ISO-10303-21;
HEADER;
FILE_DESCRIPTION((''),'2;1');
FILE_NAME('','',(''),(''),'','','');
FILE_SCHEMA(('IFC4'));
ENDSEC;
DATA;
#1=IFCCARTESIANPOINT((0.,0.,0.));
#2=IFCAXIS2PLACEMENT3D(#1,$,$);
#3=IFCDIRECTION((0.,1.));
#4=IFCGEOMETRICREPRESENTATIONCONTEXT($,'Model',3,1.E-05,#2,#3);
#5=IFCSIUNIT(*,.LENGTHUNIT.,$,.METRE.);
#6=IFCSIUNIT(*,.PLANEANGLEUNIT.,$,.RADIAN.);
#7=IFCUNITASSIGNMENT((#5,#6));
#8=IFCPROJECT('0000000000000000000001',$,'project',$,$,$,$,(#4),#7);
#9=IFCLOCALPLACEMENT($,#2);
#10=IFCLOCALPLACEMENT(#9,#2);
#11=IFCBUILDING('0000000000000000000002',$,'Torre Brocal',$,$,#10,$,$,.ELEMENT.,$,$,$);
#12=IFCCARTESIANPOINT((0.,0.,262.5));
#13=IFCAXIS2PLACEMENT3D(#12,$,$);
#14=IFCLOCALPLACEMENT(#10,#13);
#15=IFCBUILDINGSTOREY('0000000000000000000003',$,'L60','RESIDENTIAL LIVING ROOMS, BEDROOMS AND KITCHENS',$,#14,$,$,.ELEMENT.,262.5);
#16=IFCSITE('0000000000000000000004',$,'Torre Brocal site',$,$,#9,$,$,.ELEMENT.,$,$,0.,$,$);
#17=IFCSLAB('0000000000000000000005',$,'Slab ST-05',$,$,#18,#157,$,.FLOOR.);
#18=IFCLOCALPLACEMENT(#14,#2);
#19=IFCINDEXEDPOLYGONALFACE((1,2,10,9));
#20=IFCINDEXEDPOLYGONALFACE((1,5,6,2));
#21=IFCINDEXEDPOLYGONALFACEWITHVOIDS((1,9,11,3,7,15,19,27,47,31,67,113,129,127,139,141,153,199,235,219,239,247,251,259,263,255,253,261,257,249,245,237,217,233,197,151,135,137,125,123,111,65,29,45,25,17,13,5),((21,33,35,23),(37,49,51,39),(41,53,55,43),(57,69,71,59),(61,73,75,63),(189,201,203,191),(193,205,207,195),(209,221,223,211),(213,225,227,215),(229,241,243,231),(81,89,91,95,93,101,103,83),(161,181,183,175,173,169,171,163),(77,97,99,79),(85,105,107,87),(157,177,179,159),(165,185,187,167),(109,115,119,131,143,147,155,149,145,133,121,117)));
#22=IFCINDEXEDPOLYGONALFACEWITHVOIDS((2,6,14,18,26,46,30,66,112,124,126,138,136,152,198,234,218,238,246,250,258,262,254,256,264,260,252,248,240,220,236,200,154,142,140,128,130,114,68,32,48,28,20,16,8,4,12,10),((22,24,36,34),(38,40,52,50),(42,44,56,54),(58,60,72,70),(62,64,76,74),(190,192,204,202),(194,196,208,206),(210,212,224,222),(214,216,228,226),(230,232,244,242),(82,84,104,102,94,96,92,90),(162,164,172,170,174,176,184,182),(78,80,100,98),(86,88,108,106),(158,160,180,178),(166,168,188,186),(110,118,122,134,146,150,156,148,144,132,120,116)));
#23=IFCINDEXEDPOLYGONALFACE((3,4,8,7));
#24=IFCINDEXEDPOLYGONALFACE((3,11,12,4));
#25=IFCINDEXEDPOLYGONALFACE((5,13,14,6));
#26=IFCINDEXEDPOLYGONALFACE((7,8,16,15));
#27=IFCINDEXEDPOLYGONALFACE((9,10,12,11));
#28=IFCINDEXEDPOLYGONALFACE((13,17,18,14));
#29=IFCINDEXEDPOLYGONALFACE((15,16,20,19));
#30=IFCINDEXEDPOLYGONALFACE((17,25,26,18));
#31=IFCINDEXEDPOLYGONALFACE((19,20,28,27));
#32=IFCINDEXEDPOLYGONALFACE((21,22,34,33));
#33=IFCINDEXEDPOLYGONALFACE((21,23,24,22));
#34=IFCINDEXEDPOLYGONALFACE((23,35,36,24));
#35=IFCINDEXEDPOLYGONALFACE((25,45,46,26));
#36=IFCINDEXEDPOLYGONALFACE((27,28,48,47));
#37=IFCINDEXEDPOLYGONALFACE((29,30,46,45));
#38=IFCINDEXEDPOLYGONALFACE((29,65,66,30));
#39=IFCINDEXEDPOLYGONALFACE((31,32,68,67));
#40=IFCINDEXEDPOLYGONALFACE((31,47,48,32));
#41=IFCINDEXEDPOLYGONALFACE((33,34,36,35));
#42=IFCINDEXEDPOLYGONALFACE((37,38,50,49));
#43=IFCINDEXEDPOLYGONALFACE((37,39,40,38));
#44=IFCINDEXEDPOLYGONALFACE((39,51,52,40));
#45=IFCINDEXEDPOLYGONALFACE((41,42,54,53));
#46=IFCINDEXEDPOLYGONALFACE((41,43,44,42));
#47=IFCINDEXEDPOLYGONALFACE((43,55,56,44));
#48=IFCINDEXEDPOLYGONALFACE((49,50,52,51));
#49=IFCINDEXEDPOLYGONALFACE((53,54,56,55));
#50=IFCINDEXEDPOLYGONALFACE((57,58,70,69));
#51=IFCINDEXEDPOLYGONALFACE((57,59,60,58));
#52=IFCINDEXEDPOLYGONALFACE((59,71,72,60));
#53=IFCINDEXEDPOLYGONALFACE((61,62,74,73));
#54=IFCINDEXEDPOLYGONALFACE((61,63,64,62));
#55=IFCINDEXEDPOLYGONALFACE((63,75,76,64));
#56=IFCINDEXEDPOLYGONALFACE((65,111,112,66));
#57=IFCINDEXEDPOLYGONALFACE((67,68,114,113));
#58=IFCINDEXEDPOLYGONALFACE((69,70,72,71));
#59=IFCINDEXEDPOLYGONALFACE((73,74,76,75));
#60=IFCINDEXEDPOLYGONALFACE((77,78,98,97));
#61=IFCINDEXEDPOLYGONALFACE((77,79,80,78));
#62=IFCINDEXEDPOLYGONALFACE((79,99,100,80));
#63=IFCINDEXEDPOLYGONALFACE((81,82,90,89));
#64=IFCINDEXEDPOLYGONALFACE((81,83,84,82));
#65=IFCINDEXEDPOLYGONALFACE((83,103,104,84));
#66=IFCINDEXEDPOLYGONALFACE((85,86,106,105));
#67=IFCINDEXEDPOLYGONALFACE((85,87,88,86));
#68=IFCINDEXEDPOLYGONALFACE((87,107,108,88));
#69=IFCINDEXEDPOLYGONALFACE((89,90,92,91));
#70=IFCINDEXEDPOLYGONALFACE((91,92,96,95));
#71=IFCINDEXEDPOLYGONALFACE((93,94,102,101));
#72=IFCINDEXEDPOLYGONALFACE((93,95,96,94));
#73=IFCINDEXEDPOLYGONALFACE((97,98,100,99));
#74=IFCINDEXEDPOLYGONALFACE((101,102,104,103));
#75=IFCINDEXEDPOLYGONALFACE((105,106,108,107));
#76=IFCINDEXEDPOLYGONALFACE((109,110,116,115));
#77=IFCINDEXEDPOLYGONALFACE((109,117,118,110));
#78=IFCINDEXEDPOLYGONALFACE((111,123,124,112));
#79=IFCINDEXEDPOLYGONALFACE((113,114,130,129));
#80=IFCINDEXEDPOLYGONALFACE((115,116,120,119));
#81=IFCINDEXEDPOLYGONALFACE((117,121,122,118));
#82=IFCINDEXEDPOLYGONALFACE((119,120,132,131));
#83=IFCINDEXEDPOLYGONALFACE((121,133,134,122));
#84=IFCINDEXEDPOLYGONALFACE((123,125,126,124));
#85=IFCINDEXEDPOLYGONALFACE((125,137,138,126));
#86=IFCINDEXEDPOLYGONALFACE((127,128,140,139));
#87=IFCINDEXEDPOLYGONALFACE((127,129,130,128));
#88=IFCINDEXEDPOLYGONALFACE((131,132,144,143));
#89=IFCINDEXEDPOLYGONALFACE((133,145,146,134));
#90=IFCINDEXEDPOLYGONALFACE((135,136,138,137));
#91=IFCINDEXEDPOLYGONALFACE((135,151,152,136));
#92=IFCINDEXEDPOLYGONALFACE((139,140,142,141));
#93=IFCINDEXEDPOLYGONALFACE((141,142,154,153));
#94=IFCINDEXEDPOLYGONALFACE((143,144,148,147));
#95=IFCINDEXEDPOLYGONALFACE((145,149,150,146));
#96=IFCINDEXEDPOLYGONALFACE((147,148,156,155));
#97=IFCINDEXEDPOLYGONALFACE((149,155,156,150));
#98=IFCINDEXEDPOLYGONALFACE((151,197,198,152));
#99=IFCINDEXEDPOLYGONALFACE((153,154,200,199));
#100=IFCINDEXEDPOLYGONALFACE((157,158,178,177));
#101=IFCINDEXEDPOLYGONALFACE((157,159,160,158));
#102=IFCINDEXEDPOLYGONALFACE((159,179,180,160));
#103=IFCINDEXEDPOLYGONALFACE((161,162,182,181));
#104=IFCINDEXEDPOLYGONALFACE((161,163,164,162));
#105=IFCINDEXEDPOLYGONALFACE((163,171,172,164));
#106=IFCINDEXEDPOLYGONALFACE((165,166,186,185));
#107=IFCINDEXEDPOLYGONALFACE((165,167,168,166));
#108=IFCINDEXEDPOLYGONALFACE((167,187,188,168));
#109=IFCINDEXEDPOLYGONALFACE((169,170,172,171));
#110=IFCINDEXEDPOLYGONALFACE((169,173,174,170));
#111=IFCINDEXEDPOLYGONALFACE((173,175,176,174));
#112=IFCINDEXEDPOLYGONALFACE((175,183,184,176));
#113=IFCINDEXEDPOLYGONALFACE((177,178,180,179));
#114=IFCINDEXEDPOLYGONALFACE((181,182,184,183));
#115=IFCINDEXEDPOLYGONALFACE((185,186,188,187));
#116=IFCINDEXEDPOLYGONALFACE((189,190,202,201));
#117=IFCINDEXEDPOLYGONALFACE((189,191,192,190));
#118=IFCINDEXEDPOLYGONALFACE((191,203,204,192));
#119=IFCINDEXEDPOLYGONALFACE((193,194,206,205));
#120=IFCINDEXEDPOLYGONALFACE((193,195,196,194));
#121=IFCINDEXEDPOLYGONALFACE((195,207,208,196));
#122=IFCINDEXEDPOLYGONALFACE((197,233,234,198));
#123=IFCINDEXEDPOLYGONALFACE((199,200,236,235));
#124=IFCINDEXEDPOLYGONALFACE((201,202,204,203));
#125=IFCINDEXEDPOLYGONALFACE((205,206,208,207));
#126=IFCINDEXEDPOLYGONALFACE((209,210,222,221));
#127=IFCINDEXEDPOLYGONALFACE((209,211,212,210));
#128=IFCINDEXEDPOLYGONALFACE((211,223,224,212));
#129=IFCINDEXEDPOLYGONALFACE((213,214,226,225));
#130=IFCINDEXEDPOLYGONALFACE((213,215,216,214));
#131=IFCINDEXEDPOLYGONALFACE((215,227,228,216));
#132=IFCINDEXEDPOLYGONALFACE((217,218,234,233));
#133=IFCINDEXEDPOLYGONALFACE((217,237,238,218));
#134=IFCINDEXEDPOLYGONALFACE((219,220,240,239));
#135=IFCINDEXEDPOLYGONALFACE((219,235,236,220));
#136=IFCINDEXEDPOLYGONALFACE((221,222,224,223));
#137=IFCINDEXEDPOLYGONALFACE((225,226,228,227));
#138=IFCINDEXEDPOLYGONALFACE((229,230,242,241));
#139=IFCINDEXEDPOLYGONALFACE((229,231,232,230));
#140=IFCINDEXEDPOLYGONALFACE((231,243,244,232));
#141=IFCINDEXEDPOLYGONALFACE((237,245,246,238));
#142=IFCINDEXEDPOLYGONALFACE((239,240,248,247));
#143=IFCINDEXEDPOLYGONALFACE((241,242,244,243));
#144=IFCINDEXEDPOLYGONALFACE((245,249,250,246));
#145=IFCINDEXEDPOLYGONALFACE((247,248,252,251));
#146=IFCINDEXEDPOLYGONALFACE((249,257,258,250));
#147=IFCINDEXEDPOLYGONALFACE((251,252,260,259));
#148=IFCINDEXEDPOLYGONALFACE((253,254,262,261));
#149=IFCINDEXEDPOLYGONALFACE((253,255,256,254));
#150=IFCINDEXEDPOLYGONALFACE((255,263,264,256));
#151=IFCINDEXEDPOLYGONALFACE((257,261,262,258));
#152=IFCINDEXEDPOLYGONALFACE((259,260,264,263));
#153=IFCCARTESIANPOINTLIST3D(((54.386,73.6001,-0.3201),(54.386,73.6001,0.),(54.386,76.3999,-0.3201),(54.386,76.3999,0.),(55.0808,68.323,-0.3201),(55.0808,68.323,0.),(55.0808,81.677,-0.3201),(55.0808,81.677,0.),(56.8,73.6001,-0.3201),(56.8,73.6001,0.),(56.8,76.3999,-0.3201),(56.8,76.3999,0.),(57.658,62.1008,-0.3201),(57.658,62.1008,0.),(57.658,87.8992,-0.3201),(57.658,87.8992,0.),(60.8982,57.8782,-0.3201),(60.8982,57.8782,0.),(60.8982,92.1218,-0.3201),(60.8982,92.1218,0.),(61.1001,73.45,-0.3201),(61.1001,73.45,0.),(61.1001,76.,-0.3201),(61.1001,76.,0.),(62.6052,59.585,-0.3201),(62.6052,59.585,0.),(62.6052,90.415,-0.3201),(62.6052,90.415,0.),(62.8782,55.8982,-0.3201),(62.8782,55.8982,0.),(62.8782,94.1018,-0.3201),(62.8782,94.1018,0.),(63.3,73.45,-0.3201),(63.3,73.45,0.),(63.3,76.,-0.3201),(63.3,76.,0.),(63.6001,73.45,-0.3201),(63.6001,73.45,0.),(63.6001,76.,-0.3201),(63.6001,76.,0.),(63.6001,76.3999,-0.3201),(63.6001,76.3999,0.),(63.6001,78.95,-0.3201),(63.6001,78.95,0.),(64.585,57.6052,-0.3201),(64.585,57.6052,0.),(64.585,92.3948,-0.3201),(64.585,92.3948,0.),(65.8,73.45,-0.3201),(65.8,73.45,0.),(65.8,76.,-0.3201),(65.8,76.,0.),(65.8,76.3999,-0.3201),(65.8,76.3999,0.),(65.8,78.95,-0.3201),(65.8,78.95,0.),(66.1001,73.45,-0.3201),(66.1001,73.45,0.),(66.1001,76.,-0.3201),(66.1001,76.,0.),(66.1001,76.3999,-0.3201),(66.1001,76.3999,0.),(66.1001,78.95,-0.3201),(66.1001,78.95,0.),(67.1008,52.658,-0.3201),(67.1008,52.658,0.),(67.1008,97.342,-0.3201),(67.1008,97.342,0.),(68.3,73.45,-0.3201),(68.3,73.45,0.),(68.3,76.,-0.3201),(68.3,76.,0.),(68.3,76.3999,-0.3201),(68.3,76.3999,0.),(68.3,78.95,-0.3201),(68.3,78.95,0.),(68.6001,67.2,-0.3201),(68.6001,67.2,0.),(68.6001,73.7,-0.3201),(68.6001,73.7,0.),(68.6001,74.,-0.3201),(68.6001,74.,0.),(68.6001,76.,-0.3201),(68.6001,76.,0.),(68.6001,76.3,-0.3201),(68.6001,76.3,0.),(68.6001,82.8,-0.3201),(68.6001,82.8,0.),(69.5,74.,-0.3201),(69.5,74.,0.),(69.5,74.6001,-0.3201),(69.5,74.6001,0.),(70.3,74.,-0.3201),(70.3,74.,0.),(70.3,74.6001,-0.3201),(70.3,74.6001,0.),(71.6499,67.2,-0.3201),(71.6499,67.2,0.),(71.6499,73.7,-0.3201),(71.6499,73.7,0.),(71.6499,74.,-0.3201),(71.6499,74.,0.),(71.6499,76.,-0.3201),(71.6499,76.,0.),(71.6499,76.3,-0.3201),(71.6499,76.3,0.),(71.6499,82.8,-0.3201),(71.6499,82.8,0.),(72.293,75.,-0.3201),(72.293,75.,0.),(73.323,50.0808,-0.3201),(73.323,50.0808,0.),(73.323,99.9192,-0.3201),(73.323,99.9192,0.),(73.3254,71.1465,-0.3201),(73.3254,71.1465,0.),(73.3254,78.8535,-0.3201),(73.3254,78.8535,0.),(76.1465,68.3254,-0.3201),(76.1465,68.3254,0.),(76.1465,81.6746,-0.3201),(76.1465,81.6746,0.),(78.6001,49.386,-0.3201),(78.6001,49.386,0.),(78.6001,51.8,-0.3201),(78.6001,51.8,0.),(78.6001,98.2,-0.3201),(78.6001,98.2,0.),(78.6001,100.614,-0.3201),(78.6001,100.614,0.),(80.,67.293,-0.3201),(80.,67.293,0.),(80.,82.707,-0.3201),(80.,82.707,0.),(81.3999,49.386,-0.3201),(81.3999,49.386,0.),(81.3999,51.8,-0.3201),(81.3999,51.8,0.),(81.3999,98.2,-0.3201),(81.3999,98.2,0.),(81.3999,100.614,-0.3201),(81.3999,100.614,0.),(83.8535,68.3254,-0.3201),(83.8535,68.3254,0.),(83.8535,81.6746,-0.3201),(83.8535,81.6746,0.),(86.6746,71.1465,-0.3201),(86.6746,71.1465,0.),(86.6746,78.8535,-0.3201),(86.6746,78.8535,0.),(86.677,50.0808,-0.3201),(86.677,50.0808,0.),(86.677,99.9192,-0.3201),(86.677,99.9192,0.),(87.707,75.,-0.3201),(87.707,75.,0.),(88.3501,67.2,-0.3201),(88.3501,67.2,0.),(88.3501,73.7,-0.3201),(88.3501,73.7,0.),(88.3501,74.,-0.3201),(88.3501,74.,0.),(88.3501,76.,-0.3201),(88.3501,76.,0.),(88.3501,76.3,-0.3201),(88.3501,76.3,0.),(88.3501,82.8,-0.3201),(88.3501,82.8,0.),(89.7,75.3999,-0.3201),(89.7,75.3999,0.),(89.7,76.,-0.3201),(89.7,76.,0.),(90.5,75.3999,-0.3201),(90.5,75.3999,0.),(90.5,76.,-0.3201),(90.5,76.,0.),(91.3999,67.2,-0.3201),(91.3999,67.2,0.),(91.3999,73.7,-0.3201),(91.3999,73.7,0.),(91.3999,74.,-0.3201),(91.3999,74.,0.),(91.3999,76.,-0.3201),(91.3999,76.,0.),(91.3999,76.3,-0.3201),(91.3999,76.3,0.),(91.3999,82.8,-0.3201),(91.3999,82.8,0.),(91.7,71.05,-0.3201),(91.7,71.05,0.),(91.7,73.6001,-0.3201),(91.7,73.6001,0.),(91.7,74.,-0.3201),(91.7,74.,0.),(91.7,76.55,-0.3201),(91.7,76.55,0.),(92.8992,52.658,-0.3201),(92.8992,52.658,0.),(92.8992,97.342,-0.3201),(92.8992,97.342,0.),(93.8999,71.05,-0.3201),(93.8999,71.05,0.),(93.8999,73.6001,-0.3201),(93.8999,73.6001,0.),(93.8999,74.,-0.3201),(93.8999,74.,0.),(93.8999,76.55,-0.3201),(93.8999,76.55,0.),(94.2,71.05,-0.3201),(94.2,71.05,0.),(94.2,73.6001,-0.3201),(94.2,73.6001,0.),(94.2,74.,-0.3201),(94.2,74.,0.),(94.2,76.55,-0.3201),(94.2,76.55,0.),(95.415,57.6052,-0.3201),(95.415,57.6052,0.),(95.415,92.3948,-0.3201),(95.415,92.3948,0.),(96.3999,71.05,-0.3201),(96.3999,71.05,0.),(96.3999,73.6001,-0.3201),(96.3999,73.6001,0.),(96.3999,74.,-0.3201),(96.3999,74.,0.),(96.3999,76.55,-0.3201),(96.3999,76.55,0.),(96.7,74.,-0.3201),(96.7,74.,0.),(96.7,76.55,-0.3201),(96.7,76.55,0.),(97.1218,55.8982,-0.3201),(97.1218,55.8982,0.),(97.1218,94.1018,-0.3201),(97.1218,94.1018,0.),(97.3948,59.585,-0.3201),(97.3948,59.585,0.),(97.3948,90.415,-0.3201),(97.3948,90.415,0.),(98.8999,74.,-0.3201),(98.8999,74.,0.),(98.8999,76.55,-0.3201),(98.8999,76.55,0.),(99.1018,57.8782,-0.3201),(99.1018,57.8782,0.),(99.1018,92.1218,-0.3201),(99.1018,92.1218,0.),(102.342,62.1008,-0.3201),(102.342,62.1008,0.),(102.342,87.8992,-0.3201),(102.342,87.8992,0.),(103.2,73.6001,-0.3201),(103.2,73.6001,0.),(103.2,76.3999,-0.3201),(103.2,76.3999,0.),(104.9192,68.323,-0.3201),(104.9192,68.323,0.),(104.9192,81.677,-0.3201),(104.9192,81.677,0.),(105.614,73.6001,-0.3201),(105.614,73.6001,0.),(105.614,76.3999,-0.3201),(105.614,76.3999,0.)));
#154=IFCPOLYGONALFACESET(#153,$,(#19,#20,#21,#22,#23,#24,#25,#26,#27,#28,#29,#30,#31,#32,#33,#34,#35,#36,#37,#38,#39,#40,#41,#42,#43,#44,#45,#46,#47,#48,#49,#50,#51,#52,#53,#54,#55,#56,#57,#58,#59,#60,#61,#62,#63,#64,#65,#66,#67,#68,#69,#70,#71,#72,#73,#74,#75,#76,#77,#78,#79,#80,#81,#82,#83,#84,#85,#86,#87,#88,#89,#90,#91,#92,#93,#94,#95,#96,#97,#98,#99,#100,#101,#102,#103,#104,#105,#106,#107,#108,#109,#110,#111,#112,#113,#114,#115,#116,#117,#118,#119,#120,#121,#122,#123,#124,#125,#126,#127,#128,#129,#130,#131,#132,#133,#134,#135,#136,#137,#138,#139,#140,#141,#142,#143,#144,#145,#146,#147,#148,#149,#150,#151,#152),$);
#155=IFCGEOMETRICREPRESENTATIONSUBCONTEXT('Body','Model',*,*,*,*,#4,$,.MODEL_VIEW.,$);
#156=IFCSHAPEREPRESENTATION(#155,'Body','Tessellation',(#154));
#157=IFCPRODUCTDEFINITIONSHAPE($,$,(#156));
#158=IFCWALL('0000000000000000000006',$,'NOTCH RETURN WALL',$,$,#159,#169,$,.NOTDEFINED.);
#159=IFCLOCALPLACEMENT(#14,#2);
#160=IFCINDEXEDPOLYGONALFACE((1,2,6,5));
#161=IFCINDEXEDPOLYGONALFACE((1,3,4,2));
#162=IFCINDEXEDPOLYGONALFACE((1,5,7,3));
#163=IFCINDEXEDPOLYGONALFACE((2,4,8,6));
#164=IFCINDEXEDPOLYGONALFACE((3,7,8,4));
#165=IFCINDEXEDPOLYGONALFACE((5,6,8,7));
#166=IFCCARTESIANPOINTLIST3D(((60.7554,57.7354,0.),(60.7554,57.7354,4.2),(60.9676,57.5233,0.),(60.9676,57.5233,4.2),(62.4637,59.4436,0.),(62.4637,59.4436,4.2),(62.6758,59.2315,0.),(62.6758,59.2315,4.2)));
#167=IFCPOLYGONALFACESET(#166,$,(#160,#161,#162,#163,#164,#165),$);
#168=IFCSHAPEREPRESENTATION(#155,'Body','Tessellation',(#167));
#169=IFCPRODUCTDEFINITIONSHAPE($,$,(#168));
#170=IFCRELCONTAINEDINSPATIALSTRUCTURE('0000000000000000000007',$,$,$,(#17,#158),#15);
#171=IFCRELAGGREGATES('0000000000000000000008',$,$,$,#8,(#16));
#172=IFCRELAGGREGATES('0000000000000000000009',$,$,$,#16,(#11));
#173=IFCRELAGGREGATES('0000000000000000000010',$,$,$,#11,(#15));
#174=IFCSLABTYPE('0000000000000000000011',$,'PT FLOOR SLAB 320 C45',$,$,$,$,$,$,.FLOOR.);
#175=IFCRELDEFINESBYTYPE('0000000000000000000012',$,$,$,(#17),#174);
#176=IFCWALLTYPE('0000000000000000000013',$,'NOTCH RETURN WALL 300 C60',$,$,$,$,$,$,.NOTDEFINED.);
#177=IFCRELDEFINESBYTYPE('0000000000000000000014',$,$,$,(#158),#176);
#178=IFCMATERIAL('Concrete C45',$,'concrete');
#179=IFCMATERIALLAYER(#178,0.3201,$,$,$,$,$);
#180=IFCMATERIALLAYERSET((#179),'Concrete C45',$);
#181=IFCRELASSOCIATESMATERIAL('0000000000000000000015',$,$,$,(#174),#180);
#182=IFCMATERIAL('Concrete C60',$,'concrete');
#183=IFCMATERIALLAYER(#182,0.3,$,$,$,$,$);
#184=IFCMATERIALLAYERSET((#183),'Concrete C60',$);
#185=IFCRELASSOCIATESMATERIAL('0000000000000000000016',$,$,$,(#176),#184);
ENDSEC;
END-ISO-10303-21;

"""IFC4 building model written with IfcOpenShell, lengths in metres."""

from ifc_helpers import new_model, si_unit, direction, frame, frame_2d, origin, place, context, subcontext, project, spatial, polyline, rectangle, outline, extrude, material, layer, layer_set, type_object, element, save


model = new_model("IFC4")

# Units and contexts
model_context = context("Model", 3, precision=1e-05, world=origin(), true_north=direction((0.0, 1.0)))
body_context = subcontext(model_context, "Body", "Model", "MODEL_VIEW")
ifc_project = project(units=[si_unit("LENGTHUNIT", "METRE"), si_unit("PLANEANGLEUNIT", "RADIAN")], contexts=[model_context])

# Site, building, storey
site_placement = place(None, origin())
site = spatial("IfcSite", under=ifc_project, at=site_placement, Name="Torre Brocal site", CompositionType="ELEMENT", RefElevation=0.0)
building_placement = place(site_placement, origin())
building = spatial("IfcBuilding", under=site, at=building_placement, Name="Torre Brocal", CompositionType="ELEMENT")
storey_placement = place(building_placement, frame((0.0, 0.0, 262.5)))
storey = spatial("IfcBuildingStorey", under=building, at=storey_placement, Name="L60", Description="RESIDENTIAL LIVING ROOMS, BEDROOMS AND KITCHENS", CompositionType="ELEMENT", Elevation=262.5)

# Slab
ifc_material_1 = material(Name="Concrete C45", Category="concrete")
ifc_layer_1 = layer(ifc_material_1, 0.3201)
ifc_layer_set_1 = layer_set([ifc_layer_1], Name="Concrete C45")
slab_type_1 = type_object("IfcSlabType", Name="PT FLOOR SLAB 320 C45", PredefinedType="FLOOR", material=ifc_layer_set_1)
slab_1_placement = place(storey_placement, frame((0.0, 0.0, -0.3201)))
element("IfcSlab", 1, at=slab_1_placement, inside=storey, type_object=slab_type_1, Name="Slab ST-05", PredefinedType="FLOOR", context=body_context, shape_type="SweptSolid", body=[
    extrude(outline(polyline([(103.2, 76.3999), (103.2, 73.6001), (105.614, 73.6001), (104.9192, 68.323), (102.342, 62.1008), (99.1018, 57.8782), (97.3948, 59.585), (95.415, 57.6052), (97.1218, 55.8982), (92.8992, 52.658), (86.677, 50.0808), (81.3999, 49.386), (81.3999, 51.8), (78.6001, 51.8), (78.6001, 49.386), (73.323, 50.0808), (67.1008, 52.658), (62.8782, 55.8982), (64.585, 57.6052), (62.6052, 59.585), (60.8982, 57.8782), (57.658, 62.1008), (55.0808, 68.323), (54.386, 73.6001), (56.8, 73.6001), (56.8, 76.3999), (54.386, 76.3999), (55.0808, 81.677), (57.658, 87.8992), (60.8982, 92.1218), (62.6052, 90.415), (64.585, 92.3948), (62.8782, 94.1018), (67.1008, 97.342), (73.323, 99.9192), (78.6001, 100.614), (78.6001, 98.2), (81.3999, 98.2), (81.3999, 100.614), (86.677, 99.9192), (92.8992, 97.342), (97.1218, 94.1018), (95.415, 92.3948), (97.3948, 90.415), (99.1018, 92.1218), (102.342, 87.8992), (104.9192, 81.677), (105.614, 76.3999), (103.2, 76.3999)]), holes=[polyline([(98.8999, 76.55), (96.7, 76.55), (96.7, 74.0), (98.8999, 74.0), (98.8999, 76.55)]), polyline([(96.3999, 76.55), (94.2, 76.55), (94.2, 74.0), (96.3999, 74.0), (96.3999, 76.55)]), polyline([(96.3999, 73.6001), (94.2, 73.6001), (94.2, 71.05), (96.3999, 71.05), (96.3999, 73.6001)]), polyline([(93.8999, 76.55), (91.7, 76.55), (91.7, 74.0), (93.8999, 74.0), (93.8999, 76.55)]), polyline([(93.8999, 73.6001), (91.7, 73.6001), (91.7, 71.05), (93.8999, 71.05), (93.8999, 73.6001)]), polyline([(89.7, 76.0), (88.3501, 76.0), (88.3501, 74.0), (91.3999, 74.0), (91.3999, 76.0), (90.5, 76.0), (90.5, 75.3999), (89.7, 75.3999), (89.7, 76.0)]), polyline([(91.3999, 82.8), (88.3501, 82.8), (88.3501, 76.3), (91.3999, 76.3), (91.3999, 82.8)]), polyline([(91.3999, 73.7), (88.3501, 73.7), (88.3501, 67.2), (91.3999, 67.2), (91.3999, 73.7)]), polyline([(80.0, 82.707), (76.1465, 81.6746), (73.3254, 78.8535), (72.293, 75.0), (73.3254, 71.1465), (76.1465, 68.3254), (80.0, 67.293), (83.8535, 68.3254), (86.6746, 71.1465), (87.707, 75.0), (86.6746, 78.8535), (83.8535, 81.6746), (80.0, 82.707)]), polyline([(70.3, 74.0), (71.6499, 74.0), (71.6499, 76.0), (68.6001, 76.0), (68.6001, 74.0), (69.5, 74.0), (69.5, 74.6001), (70.3, 74.6001), (70.3, 74.0)]), polyline([(68.6001, 76.3), (71.6499, 76.3), (71.6499, 82.8), (68.6001, 82.8), (68.6001, 76.3)]), polyline([(68.6001, 67.2), (71.6499, 67.2), (71.6499, 73.7), (68.6001, 73.7), (68.6001, 67.2)]), polyline([(66.1001, 76.3999), (68.3, 76.3999), (68.3, 78.95), (66.1001, 78.95), (66.1001, 76.3999)]), polyline([(66.1001, 73.45), (68.3, 73.45), (68.3, 76.0), (66.1001, 76.0), (66.1001, 73.45)]), polyline([(63.6001, 76.3999), (65.8, 76.3999), (65.8, 78.95), (63.6001, 78.95), (63.6001, 76.3999)]), polyline([(63.6001, 73.45), (65.8, 73.45), (65.8, 76.0), (63.6001, 76.0), (63.6001, 73.45)]), polyline([(61.1001, 73.45), (63.3, 73.45), (63.3, 76.0), (61.1001, 76.0), (61.1001, 73.45)])]), origin(), (0.0, 0.0, 1.0), 0.3201),
])

# Wall
ifc_material_2 = material(Name="Concrete C60", Category="concrete")
ifc_layer_2 = layer(ifc_material_2, 0.3)
ifc_layer_set_2 = layer_set([ifc_layer_2], Name="Concrete C60")
wall_type_1 = type_object("IfcWallType", Name="NOTCH RETURN WALL 300 C60", PredefinedType="NOTDEFINED", material=ifc_layer_set_2)
for number, where, z_axis, x_axis, name in (
    (2, (62.5698, 59.3376, 0.0), (0.0, 0.0, 1.0), (-0.707107, -0.707107, 0.0), "NOTCH RETURN WALL"),
):
    element("IfcWall", number, at=place(storey_placement, frame(where, z_axis=z_axis, x_axis=x_axis)), inside=storey, type_object=wall_type_1, Name=name, PredefinedType="NOTDEFINED", context=body_context, shape_type="SweptSolid", body=[
        extrude(rectangle(XDim=2.4158, YDim=0.3, at=frame_2d((1.208, 0.0))), origin(), (0.0, 0.0, 1.0), 4.2),
    ])

save(model, "model.ifc")
